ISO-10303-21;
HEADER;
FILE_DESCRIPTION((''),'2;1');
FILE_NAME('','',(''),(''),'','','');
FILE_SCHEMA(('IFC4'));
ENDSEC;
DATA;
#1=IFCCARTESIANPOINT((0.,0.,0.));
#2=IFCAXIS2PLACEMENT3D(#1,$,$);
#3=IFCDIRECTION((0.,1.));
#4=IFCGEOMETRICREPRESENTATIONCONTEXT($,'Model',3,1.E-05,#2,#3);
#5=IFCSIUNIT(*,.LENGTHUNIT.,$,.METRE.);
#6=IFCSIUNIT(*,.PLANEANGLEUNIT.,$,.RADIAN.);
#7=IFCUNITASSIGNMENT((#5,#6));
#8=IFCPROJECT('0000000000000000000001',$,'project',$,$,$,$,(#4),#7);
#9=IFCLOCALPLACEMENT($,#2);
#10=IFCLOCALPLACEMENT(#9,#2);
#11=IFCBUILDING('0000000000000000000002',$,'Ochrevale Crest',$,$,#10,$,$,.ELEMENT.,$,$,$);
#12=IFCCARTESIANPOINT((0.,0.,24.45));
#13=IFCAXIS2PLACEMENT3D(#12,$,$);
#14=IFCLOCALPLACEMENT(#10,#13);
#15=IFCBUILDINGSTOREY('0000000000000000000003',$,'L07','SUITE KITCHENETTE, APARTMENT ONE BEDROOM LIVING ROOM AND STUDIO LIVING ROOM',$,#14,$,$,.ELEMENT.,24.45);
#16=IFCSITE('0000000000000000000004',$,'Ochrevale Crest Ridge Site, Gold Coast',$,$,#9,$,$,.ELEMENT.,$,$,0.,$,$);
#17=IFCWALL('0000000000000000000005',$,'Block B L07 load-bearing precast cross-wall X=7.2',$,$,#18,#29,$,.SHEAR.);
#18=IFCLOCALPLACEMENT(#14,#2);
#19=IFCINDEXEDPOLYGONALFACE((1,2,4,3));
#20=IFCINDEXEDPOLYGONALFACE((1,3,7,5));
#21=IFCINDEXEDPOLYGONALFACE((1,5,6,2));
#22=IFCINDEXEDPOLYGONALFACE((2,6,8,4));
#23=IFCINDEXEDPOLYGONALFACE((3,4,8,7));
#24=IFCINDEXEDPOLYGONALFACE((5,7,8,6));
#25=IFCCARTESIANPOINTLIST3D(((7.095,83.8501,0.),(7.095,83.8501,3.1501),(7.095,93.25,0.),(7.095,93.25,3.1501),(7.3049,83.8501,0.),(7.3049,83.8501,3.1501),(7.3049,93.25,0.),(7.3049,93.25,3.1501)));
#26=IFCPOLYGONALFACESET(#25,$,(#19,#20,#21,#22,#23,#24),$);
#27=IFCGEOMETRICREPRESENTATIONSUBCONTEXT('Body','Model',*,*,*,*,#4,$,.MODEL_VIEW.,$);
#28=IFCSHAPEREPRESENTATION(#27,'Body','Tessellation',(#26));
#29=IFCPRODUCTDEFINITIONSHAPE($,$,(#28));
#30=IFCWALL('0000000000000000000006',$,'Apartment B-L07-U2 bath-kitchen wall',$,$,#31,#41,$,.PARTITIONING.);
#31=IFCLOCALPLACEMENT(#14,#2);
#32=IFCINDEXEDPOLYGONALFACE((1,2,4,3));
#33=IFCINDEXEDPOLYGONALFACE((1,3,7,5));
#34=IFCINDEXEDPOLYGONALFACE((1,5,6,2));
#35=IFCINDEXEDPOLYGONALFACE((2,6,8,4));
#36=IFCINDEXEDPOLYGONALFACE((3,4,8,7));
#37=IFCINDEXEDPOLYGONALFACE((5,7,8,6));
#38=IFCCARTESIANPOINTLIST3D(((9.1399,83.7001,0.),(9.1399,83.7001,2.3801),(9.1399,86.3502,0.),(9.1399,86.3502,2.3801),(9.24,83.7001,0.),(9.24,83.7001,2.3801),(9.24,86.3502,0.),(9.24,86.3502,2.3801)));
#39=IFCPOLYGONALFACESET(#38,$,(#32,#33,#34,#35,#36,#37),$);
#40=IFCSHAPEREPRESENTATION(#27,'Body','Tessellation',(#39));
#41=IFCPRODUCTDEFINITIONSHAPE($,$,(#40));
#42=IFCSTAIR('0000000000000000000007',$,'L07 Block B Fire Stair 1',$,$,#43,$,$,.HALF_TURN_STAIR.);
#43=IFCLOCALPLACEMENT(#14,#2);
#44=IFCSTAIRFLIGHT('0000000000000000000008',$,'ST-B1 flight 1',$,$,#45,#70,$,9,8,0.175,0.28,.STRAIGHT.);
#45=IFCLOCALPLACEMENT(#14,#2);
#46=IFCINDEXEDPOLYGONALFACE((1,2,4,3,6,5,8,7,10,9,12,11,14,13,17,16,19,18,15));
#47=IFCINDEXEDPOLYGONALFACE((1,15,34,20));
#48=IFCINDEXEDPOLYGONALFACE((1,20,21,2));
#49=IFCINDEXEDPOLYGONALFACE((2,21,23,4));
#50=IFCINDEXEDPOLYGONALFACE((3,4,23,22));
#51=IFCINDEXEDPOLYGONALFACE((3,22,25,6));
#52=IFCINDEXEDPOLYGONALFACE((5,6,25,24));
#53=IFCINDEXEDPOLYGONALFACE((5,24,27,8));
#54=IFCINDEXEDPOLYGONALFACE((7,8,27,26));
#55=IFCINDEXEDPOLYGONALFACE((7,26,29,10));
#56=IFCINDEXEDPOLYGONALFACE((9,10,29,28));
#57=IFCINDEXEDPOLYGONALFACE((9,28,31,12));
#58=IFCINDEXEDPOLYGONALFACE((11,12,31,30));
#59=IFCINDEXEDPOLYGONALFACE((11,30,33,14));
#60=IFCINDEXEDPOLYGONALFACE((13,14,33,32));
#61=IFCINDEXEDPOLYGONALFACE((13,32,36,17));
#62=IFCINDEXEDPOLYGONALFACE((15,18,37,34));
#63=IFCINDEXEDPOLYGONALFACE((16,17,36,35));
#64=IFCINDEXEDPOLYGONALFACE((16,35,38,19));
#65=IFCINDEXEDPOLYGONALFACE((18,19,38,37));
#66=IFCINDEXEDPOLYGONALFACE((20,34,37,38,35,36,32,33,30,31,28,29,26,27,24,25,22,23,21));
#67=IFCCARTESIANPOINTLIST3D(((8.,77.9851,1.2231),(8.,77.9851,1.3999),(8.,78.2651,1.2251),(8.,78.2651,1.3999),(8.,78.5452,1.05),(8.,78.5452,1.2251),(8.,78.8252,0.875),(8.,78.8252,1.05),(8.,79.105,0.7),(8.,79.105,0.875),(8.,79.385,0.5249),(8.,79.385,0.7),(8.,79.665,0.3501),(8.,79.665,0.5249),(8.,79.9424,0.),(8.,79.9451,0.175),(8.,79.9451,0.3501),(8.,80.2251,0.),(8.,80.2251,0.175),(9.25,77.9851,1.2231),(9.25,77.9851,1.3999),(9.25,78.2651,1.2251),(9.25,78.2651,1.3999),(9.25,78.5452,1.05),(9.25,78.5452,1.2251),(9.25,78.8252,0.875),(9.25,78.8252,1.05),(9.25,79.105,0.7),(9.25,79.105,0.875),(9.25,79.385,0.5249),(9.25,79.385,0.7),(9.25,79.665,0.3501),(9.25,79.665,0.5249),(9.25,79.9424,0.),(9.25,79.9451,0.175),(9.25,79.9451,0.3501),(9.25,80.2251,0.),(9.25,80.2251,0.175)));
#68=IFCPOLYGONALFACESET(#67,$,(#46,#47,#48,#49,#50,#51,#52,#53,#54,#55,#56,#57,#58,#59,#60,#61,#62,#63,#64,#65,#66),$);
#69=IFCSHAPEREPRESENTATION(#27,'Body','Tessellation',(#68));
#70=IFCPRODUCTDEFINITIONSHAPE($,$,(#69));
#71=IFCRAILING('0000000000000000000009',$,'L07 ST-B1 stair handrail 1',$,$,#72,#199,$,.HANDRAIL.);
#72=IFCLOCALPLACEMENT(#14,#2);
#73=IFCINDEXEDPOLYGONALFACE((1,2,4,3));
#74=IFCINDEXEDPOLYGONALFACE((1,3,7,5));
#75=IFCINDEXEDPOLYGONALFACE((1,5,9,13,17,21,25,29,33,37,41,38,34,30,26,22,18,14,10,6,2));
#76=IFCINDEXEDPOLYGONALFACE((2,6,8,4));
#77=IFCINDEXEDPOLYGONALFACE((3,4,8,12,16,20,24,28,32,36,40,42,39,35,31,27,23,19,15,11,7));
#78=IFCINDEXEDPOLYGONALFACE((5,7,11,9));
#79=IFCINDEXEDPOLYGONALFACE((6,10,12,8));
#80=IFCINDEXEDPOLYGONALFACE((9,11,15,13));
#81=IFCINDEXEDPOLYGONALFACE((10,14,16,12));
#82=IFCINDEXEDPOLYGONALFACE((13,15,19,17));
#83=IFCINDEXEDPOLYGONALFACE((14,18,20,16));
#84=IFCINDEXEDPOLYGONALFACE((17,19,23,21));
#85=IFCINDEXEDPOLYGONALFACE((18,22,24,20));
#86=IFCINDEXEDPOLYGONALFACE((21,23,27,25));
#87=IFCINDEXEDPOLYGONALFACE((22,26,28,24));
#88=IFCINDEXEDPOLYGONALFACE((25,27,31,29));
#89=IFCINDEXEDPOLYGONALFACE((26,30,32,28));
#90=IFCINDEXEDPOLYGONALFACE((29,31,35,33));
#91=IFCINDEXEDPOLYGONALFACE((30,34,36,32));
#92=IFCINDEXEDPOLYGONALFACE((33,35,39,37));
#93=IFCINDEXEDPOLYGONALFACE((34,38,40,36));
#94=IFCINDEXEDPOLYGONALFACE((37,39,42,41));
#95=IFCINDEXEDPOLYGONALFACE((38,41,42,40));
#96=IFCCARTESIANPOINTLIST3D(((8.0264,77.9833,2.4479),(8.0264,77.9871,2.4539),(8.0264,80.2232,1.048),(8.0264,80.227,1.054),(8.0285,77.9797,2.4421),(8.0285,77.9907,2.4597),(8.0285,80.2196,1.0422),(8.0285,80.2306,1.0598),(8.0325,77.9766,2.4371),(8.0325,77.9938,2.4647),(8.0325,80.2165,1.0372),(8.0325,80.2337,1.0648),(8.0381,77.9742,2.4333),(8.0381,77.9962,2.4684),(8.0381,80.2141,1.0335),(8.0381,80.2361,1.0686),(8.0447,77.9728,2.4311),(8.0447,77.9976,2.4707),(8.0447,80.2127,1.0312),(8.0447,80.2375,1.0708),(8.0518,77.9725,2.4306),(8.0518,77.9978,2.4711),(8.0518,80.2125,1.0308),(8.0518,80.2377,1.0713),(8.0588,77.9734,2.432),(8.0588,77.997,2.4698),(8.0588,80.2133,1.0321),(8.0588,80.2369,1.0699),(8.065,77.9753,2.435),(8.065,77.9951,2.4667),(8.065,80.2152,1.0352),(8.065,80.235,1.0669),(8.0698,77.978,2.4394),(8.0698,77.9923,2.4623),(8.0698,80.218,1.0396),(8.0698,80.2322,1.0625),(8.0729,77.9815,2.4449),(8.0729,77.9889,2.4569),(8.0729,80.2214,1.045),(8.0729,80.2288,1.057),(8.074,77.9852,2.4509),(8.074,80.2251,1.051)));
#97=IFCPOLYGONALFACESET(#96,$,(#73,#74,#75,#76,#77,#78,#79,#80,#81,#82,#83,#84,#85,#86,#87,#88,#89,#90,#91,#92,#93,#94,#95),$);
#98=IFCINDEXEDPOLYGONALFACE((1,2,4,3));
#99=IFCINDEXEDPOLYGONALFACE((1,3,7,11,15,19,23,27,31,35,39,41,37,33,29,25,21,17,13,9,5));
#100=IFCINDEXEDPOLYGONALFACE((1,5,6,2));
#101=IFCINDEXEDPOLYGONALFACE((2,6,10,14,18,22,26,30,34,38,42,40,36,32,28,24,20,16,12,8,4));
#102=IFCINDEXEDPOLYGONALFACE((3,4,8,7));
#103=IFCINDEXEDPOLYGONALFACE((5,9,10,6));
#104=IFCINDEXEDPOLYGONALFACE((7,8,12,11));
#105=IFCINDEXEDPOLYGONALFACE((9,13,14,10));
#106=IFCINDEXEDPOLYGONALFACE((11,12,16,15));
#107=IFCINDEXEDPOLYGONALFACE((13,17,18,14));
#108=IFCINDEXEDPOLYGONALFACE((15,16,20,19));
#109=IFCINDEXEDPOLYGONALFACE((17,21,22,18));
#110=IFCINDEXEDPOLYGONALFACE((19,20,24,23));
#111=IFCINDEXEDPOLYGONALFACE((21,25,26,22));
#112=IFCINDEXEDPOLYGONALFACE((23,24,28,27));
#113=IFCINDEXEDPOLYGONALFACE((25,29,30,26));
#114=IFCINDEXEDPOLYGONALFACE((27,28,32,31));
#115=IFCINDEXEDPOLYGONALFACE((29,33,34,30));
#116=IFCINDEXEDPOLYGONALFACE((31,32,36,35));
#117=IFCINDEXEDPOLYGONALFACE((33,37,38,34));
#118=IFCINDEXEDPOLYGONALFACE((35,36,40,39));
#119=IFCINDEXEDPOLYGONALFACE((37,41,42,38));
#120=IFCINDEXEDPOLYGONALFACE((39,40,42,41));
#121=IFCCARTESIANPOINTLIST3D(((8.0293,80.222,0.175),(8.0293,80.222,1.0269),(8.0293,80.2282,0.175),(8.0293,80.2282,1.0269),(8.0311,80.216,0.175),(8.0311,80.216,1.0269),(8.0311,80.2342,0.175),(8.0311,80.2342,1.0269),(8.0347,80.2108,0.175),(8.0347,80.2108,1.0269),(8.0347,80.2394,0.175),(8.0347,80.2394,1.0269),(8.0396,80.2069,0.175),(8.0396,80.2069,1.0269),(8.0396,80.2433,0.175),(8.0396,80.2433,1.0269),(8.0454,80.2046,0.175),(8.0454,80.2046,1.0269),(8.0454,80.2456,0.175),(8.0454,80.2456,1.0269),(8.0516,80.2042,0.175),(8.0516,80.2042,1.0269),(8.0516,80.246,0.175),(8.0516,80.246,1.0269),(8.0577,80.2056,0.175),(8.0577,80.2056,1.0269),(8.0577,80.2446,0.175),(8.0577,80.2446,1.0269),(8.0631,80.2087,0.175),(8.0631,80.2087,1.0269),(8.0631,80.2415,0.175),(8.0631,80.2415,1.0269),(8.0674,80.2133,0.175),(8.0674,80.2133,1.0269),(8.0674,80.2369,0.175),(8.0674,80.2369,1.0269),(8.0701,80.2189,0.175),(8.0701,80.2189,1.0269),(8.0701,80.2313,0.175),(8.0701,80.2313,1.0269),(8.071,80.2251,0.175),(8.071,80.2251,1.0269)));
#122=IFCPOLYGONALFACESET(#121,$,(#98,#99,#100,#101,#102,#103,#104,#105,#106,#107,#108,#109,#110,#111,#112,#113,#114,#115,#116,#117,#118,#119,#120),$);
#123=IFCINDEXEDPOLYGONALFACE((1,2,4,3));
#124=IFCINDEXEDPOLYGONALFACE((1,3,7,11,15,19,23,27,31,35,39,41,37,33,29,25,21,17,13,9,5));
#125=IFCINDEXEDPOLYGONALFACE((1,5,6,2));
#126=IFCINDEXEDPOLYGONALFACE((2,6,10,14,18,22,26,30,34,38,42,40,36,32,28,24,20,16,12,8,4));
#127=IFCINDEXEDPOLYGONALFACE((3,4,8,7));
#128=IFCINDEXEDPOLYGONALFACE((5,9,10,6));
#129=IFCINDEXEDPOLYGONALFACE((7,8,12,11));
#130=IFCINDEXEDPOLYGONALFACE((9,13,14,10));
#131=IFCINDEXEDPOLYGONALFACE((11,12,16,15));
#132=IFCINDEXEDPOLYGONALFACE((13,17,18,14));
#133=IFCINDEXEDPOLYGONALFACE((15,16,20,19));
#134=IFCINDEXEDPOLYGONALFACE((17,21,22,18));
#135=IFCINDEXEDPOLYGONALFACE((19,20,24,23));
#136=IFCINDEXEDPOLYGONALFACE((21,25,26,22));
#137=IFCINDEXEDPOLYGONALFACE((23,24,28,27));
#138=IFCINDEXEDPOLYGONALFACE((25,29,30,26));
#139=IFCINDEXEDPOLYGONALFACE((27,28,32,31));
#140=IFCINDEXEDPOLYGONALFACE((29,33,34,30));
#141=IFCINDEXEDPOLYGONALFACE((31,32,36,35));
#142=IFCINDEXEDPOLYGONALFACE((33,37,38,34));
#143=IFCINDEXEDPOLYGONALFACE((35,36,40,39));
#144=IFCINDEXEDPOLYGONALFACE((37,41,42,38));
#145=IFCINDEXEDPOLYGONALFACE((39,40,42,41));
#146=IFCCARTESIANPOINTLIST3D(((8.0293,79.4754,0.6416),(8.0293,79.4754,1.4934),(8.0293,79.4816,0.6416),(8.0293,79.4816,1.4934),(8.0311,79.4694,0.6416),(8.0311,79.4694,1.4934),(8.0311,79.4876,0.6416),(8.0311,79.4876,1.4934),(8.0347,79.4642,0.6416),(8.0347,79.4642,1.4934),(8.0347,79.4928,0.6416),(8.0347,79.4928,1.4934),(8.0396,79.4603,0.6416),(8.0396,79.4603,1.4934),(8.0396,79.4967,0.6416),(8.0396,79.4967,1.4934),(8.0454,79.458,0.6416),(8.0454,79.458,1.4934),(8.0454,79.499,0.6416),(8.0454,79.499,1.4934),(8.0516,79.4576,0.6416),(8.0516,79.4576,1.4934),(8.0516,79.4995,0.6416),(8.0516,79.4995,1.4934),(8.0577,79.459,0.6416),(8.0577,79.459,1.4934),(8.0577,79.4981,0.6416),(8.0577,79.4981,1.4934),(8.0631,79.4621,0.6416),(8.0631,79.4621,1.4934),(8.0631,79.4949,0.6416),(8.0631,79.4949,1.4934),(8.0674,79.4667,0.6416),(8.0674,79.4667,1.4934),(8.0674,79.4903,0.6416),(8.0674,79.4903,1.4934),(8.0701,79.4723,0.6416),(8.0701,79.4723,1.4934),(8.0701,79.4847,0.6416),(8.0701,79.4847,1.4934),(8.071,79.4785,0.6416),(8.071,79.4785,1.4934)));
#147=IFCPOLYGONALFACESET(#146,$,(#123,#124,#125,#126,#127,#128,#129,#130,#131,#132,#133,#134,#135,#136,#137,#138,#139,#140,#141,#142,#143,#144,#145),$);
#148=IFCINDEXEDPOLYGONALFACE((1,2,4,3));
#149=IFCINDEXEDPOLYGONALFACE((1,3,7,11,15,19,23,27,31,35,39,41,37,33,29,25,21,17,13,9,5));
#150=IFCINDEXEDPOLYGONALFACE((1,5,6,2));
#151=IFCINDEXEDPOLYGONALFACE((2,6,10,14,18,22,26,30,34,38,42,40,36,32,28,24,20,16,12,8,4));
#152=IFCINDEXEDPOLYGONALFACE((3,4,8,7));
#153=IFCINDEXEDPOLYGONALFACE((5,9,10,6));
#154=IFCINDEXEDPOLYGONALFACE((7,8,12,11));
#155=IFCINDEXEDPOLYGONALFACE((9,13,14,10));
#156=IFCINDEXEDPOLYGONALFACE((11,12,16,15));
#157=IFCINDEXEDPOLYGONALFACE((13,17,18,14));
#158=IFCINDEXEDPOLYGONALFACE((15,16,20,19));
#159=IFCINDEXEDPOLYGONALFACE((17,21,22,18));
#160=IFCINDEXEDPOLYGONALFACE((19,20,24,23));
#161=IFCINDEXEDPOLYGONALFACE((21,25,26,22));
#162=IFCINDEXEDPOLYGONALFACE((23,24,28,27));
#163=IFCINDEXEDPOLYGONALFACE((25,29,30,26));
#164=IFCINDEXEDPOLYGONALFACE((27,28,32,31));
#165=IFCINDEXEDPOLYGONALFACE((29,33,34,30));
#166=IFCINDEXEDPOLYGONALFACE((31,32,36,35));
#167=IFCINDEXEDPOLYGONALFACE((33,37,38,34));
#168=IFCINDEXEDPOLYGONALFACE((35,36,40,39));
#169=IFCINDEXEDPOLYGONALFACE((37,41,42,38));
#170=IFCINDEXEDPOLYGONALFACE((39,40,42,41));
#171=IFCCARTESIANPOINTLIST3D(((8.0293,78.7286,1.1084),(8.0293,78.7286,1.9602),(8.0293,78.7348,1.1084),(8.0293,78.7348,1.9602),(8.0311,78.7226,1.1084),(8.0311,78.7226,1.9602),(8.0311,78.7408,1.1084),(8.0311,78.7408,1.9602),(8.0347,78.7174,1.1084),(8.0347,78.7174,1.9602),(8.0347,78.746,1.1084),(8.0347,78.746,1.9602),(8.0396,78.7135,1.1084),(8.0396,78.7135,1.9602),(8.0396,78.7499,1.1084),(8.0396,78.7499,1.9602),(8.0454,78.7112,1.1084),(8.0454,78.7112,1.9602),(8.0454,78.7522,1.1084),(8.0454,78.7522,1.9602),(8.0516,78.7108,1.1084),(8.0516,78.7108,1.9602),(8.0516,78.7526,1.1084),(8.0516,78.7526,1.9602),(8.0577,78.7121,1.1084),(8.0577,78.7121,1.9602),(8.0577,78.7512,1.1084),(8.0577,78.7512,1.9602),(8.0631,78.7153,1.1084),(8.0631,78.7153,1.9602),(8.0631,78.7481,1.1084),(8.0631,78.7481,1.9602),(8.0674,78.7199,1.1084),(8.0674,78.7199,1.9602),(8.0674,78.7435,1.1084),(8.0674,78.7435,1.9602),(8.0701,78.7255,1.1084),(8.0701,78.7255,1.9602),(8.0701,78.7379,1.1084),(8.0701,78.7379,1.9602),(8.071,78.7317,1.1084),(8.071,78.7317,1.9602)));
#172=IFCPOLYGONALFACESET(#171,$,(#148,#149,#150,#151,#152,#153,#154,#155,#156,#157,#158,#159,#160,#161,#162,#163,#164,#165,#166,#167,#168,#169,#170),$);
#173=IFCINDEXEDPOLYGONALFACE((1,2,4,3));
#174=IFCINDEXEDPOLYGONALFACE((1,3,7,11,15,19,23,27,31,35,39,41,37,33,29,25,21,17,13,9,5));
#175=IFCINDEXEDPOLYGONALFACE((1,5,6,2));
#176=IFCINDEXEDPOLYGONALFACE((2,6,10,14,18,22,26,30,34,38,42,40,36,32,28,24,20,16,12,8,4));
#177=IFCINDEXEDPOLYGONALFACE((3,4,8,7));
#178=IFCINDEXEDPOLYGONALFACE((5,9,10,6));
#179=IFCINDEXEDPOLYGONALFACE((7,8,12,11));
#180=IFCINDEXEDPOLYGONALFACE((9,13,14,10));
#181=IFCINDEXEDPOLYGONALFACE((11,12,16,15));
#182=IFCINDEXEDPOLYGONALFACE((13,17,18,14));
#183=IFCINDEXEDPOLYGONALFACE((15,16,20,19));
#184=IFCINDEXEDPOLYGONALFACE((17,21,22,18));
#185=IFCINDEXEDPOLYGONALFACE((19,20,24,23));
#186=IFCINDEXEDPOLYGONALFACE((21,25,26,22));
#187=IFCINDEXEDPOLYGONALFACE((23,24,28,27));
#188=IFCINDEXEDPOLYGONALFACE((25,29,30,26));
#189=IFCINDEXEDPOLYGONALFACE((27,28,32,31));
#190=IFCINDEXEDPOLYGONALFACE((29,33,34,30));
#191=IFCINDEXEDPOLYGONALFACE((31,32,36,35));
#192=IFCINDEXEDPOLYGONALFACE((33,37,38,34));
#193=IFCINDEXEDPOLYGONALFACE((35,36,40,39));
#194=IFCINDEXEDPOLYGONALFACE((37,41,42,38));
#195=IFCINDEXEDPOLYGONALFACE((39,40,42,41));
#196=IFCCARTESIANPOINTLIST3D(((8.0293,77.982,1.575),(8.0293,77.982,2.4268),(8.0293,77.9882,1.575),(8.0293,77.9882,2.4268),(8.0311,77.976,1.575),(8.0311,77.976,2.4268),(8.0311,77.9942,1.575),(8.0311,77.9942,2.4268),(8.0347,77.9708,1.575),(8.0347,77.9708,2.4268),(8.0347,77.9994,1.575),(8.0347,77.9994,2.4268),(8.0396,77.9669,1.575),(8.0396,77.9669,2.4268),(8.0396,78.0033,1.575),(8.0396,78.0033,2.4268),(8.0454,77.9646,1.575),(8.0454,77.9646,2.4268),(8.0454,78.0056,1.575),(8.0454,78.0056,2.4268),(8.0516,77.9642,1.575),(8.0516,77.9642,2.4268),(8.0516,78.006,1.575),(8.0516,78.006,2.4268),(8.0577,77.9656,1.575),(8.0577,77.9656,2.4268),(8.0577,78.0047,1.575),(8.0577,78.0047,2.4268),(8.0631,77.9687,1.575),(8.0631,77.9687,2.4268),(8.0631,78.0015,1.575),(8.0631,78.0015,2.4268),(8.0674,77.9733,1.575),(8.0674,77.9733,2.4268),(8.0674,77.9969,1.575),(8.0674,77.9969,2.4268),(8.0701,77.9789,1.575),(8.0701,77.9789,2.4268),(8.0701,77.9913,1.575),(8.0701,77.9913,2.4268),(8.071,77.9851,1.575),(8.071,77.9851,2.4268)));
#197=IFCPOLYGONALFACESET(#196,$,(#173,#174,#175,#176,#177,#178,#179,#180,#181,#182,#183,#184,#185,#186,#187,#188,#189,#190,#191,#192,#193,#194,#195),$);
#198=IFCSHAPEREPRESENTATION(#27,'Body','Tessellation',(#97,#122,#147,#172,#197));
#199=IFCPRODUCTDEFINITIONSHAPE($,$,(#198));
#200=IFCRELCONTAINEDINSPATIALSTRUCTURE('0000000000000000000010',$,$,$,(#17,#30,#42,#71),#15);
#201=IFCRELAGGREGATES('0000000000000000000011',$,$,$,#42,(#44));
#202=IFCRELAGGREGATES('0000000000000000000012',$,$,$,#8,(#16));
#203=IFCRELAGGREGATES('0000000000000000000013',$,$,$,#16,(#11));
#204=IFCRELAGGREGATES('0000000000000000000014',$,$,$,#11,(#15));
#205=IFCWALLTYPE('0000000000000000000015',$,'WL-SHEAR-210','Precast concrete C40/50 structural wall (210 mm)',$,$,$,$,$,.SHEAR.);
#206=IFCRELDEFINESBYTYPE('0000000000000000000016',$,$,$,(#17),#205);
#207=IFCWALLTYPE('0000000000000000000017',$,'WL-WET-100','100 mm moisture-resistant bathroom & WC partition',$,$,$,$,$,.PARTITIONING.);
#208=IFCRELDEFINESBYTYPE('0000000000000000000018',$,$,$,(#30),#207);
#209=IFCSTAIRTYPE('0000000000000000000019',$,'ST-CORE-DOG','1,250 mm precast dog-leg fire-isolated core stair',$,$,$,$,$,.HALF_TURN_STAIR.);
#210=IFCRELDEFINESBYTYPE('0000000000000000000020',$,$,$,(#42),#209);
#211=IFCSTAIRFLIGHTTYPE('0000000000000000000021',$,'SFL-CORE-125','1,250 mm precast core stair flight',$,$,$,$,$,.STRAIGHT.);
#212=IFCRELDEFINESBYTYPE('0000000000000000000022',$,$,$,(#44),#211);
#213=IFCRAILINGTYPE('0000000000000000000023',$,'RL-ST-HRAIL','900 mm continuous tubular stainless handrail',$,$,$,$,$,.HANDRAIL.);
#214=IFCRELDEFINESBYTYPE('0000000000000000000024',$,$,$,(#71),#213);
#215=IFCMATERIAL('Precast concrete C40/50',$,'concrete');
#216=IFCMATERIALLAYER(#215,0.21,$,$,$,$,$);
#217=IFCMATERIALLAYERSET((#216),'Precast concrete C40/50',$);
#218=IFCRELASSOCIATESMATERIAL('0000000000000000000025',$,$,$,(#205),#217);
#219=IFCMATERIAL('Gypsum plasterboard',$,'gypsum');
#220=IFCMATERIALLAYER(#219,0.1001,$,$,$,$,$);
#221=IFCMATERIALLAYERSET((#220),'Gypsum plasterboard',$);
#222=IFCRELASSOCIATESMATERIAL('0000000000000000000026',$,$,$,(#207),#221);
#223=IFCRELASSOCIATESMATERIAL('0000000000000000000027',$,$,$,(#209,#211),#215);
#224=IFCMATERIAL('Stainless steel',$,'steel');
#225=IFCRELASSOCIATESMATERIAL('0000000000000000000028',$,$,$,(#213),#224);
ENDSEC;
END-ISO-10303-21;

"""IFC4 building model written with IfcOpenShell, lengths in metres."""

from ifc_helpers import new_model, si_unit, direction, frame, frame_2d, origin, origin_2d, place, context, subcontext, project, spatial, polyline, rectangle, circle, outline, extrude, material, layer, layer_set, type_object, element, aggregate, save


model = new_model("IFC4")

# Units and contexts
model_context = context("Model", 3, precision=1e-05, world=origin(), true_north=direction((0.0, 1.0)))
body_context = subcontext(model_context, "Body", "Model", "MODEL_VIEW")
ifc_project = project(units=[si_unit("LENGTHUNIT", "METRE"), si_unit("PLANEANGLEUNIT", "RADIAN")], contexts=[model_context])

# Site, building, storey
site_placement = place(None, origin())
site = spatial("IfcSite", under=ifc_project, at=site_placement, Name="Ochrevale Crest Ridge Site, Gold Coast", CompositionType="ELEMENT", RefElevation=0.0)
building_placement = place(site_placement, origin())
building = spatial("IfcBuilding", under=site, at=building_placement, Name="Ochrevale Crest", CompositionType="ELEMENT")
storey_placement = place(building_placement, frame((0.0, 0.0, 24.45)))
storey = spatial("IfcBuildingStorey", under=building, at=storey_placement, Name="L07", Description="SUITE KITCHENETTE, APARTMENT ONE BEDROOM LIVING ROOM AND STUDIO LIVING ROOM", CompositionType="ELEMENT", Elevation=24.45)

# Shared definitions
ifc_material_1 = material(Name="Gypsum plasterboard", Category="gypsum")

# Walls
ifc_material_2 = material(Name="Precast concrete C40/50", Category="concrete")
ifc_layer_1 = layer(ifc_material_2, 0.21)
ifc_layer_set_1 = layer_set([ifc_layer_1], Name="Precast concrete C40/50")
wall_type_1 = type_object("IfcWallType", Name="WL-SHEAR-210", Description="Precast concrete C40/50 structural wall (210 mm)", PredefinedType="SHEAR", material=ifc_layer_set_1)
wall_1_placement = place(storey_placement, frame((7.2, 83.8501, 0.0), z_axis=(0.0, 0.0, 1.0), x_axis=(0.0, 1.0, 0.0)))
element("IfcWall", 1, at=wall_1_placement, inside=storey, type_object=wall_type_1, Name="Block B L07 load-bearing precast cross-wall X=7.2", PredefinedType="SHEAR", context=body_context, shape_type="SweptSolid", body=[
    extrude(rectangle(XDim=9.3999, YDim=0.21, at=frame_2d((4.7, 0.0))), origin(), (0.0, 0.0, 1.0), 3.1501),
])
ifc_layer_2 = layer(ifc_material_1, 0.1001)
ifc_layer_set_2 = layer_set([ifc_layer_2], Name="Gypsum plasterboard")
wall_type_2 = type_object("IfcWallType", Name="WL-WET-100", Description="100 mm moisture-resistant bathroom & WC partition", PredefinedType="PARTITIONING", material=ifc_layer_set_2)
wall_2_placement = place(storey_placement, frame((9.1899, 83.7, 0.0), z_axis=(0.0, 0.0, 1.0), x_axis=(0.0, 1.0, 0.0)))
element("IfcWall", 2, at=wall_2_placement, inside=storey, type_object=wall_type_2, Name="Apartment B-L07-U2 bath-kitchen wall", PredefinedType="PARTITIONING", context=body_context, shape_type="SweptSolid", body=[
    extrude(rectangle(XDim=2.6501, YDim=0.1001, at=frame_2d((1.3252, 0.0))), origin(), (0.0, 0.0, 1.0), 2.3801),
])

# Stair, stair flight
stair_type = type_object("IfcStairType", Name="ST-CORE-DOG", Description="1,250 mm precast dog-leg fire-isolated core stair", PredefinedType="HALF_TURN_STAIR", material=ifc_material_2)
stair_placement = place(storey_placement, origin())
stair = element("IfcStair", 3, at=stair_placement, inside=storey, type_object=stair_type, Name="L07 Block B Fire Stair 1", PredefinedType="HALF_TURN_STAIR")
stair_flight_type = type_object("IfcStairFlightType", Name="SFL-CORE-125", Description="1,250 mm precast core stair flight", PredefinedType="STRAIGHT", material=ifc_material_2)
stair_flight_placement = place(storey_placement, frame((8.625, 80.2251, 0.0), z_axis=(0.0, 0.0, 1.0), x_axis=(0.0, -1.0, 0.0)))
stair_flight = element("IfcStairFlight", 4, at=stair_flight_placement, type_object=stair_flight_type, Name="ST-B1 flight 1", NumberOfRisers=9, NumberOfTreads=8, PredefinedType="STRAIGHT", RiserHeight=0.175, TreadLength=0.28, context=body_context, shape_type="SweptSolid", body=[
    extrude(outline(polyline([(0.0, 0.0), (0.0, 0.175), (0.28, 0.175), (0.28, 0.3501), (0.5601, 0.3501), (0.5601, 0.5249), (0.8401, 0.5249), (0.8401, 0.7), (1.1201, 0.7), (1.1201, 0.875), (1.3999, 0.875), (1.3999, 1.05), (1.6799, 1.05), (1.6799, 1.2251), (1.96, 1.2251), (1.96, 1.3999), (2.24, 1.3999), (2.24, 1.575), (2.24, 1.2231), (0.2827, 0.0), (0.0, 0.0)])), frame((0.0, 0.625, 0.0), z_axis=(0.0, -1.0, 0.0), x_axis=(1.0, 0.0, 0.0)), (0.0, 0.0, 1.0), 1.25),
])
aggregate(stair, [stair_flight])

# Railing
ifc_material_3 = material(Name="Stainless steel", Category="steel")
railing_type = type_object("IfcRailingType", Name="RL-ST-HRAIL", Description="900 mm continuous tubular stainless handrail", PredefinedType="HANDRAIL", material=ifc_material_3)
railing_placement = place(storey_placement, frame((8.05, 80.2251, 0.175)))
element("IfcRailing", 5, at=railing_placement, inside=storey, type_object=railing_type, Name="L07 ST-B1 stair handrail 1", PredefinedType="HANDRAIL", context=body_context, shape_type="SweptSolid", body=[
    extrude(circle(Radius=0.0239, at=origin_2d()), frame((0.0, 0.0, 0.876), z_axis=(0.0, -0.848014, 0.529974), x_axis=(1.0, 0.0, 0.0)), (0.0, 0.0, 1.0), 2.6414),
    extrude(circle(Radius=0.021, at=origin_2d()), origin(), (0.0, 0.0, 1.0), 0.8518),
    extrude(circle(Radius=0.021, at=origin_2d()), frame((0.0, -0.7466, 0.4666)), (0.0, 0.0, 1.0), 0.8518),
    extrude(circle(Radius=0.021, at=origin_2d()), frame((0.0, -1.4934, 0.9333)), (0.0, 0.0, 1.0), 0.8518),
    extrude(circle(Radius=0.021, at=origin_2d()), frame((0.0, -2.24, 1.3999)), (0.0, 0.0, 1.0), 0.8518),
])

save(model, "model.ifc")
